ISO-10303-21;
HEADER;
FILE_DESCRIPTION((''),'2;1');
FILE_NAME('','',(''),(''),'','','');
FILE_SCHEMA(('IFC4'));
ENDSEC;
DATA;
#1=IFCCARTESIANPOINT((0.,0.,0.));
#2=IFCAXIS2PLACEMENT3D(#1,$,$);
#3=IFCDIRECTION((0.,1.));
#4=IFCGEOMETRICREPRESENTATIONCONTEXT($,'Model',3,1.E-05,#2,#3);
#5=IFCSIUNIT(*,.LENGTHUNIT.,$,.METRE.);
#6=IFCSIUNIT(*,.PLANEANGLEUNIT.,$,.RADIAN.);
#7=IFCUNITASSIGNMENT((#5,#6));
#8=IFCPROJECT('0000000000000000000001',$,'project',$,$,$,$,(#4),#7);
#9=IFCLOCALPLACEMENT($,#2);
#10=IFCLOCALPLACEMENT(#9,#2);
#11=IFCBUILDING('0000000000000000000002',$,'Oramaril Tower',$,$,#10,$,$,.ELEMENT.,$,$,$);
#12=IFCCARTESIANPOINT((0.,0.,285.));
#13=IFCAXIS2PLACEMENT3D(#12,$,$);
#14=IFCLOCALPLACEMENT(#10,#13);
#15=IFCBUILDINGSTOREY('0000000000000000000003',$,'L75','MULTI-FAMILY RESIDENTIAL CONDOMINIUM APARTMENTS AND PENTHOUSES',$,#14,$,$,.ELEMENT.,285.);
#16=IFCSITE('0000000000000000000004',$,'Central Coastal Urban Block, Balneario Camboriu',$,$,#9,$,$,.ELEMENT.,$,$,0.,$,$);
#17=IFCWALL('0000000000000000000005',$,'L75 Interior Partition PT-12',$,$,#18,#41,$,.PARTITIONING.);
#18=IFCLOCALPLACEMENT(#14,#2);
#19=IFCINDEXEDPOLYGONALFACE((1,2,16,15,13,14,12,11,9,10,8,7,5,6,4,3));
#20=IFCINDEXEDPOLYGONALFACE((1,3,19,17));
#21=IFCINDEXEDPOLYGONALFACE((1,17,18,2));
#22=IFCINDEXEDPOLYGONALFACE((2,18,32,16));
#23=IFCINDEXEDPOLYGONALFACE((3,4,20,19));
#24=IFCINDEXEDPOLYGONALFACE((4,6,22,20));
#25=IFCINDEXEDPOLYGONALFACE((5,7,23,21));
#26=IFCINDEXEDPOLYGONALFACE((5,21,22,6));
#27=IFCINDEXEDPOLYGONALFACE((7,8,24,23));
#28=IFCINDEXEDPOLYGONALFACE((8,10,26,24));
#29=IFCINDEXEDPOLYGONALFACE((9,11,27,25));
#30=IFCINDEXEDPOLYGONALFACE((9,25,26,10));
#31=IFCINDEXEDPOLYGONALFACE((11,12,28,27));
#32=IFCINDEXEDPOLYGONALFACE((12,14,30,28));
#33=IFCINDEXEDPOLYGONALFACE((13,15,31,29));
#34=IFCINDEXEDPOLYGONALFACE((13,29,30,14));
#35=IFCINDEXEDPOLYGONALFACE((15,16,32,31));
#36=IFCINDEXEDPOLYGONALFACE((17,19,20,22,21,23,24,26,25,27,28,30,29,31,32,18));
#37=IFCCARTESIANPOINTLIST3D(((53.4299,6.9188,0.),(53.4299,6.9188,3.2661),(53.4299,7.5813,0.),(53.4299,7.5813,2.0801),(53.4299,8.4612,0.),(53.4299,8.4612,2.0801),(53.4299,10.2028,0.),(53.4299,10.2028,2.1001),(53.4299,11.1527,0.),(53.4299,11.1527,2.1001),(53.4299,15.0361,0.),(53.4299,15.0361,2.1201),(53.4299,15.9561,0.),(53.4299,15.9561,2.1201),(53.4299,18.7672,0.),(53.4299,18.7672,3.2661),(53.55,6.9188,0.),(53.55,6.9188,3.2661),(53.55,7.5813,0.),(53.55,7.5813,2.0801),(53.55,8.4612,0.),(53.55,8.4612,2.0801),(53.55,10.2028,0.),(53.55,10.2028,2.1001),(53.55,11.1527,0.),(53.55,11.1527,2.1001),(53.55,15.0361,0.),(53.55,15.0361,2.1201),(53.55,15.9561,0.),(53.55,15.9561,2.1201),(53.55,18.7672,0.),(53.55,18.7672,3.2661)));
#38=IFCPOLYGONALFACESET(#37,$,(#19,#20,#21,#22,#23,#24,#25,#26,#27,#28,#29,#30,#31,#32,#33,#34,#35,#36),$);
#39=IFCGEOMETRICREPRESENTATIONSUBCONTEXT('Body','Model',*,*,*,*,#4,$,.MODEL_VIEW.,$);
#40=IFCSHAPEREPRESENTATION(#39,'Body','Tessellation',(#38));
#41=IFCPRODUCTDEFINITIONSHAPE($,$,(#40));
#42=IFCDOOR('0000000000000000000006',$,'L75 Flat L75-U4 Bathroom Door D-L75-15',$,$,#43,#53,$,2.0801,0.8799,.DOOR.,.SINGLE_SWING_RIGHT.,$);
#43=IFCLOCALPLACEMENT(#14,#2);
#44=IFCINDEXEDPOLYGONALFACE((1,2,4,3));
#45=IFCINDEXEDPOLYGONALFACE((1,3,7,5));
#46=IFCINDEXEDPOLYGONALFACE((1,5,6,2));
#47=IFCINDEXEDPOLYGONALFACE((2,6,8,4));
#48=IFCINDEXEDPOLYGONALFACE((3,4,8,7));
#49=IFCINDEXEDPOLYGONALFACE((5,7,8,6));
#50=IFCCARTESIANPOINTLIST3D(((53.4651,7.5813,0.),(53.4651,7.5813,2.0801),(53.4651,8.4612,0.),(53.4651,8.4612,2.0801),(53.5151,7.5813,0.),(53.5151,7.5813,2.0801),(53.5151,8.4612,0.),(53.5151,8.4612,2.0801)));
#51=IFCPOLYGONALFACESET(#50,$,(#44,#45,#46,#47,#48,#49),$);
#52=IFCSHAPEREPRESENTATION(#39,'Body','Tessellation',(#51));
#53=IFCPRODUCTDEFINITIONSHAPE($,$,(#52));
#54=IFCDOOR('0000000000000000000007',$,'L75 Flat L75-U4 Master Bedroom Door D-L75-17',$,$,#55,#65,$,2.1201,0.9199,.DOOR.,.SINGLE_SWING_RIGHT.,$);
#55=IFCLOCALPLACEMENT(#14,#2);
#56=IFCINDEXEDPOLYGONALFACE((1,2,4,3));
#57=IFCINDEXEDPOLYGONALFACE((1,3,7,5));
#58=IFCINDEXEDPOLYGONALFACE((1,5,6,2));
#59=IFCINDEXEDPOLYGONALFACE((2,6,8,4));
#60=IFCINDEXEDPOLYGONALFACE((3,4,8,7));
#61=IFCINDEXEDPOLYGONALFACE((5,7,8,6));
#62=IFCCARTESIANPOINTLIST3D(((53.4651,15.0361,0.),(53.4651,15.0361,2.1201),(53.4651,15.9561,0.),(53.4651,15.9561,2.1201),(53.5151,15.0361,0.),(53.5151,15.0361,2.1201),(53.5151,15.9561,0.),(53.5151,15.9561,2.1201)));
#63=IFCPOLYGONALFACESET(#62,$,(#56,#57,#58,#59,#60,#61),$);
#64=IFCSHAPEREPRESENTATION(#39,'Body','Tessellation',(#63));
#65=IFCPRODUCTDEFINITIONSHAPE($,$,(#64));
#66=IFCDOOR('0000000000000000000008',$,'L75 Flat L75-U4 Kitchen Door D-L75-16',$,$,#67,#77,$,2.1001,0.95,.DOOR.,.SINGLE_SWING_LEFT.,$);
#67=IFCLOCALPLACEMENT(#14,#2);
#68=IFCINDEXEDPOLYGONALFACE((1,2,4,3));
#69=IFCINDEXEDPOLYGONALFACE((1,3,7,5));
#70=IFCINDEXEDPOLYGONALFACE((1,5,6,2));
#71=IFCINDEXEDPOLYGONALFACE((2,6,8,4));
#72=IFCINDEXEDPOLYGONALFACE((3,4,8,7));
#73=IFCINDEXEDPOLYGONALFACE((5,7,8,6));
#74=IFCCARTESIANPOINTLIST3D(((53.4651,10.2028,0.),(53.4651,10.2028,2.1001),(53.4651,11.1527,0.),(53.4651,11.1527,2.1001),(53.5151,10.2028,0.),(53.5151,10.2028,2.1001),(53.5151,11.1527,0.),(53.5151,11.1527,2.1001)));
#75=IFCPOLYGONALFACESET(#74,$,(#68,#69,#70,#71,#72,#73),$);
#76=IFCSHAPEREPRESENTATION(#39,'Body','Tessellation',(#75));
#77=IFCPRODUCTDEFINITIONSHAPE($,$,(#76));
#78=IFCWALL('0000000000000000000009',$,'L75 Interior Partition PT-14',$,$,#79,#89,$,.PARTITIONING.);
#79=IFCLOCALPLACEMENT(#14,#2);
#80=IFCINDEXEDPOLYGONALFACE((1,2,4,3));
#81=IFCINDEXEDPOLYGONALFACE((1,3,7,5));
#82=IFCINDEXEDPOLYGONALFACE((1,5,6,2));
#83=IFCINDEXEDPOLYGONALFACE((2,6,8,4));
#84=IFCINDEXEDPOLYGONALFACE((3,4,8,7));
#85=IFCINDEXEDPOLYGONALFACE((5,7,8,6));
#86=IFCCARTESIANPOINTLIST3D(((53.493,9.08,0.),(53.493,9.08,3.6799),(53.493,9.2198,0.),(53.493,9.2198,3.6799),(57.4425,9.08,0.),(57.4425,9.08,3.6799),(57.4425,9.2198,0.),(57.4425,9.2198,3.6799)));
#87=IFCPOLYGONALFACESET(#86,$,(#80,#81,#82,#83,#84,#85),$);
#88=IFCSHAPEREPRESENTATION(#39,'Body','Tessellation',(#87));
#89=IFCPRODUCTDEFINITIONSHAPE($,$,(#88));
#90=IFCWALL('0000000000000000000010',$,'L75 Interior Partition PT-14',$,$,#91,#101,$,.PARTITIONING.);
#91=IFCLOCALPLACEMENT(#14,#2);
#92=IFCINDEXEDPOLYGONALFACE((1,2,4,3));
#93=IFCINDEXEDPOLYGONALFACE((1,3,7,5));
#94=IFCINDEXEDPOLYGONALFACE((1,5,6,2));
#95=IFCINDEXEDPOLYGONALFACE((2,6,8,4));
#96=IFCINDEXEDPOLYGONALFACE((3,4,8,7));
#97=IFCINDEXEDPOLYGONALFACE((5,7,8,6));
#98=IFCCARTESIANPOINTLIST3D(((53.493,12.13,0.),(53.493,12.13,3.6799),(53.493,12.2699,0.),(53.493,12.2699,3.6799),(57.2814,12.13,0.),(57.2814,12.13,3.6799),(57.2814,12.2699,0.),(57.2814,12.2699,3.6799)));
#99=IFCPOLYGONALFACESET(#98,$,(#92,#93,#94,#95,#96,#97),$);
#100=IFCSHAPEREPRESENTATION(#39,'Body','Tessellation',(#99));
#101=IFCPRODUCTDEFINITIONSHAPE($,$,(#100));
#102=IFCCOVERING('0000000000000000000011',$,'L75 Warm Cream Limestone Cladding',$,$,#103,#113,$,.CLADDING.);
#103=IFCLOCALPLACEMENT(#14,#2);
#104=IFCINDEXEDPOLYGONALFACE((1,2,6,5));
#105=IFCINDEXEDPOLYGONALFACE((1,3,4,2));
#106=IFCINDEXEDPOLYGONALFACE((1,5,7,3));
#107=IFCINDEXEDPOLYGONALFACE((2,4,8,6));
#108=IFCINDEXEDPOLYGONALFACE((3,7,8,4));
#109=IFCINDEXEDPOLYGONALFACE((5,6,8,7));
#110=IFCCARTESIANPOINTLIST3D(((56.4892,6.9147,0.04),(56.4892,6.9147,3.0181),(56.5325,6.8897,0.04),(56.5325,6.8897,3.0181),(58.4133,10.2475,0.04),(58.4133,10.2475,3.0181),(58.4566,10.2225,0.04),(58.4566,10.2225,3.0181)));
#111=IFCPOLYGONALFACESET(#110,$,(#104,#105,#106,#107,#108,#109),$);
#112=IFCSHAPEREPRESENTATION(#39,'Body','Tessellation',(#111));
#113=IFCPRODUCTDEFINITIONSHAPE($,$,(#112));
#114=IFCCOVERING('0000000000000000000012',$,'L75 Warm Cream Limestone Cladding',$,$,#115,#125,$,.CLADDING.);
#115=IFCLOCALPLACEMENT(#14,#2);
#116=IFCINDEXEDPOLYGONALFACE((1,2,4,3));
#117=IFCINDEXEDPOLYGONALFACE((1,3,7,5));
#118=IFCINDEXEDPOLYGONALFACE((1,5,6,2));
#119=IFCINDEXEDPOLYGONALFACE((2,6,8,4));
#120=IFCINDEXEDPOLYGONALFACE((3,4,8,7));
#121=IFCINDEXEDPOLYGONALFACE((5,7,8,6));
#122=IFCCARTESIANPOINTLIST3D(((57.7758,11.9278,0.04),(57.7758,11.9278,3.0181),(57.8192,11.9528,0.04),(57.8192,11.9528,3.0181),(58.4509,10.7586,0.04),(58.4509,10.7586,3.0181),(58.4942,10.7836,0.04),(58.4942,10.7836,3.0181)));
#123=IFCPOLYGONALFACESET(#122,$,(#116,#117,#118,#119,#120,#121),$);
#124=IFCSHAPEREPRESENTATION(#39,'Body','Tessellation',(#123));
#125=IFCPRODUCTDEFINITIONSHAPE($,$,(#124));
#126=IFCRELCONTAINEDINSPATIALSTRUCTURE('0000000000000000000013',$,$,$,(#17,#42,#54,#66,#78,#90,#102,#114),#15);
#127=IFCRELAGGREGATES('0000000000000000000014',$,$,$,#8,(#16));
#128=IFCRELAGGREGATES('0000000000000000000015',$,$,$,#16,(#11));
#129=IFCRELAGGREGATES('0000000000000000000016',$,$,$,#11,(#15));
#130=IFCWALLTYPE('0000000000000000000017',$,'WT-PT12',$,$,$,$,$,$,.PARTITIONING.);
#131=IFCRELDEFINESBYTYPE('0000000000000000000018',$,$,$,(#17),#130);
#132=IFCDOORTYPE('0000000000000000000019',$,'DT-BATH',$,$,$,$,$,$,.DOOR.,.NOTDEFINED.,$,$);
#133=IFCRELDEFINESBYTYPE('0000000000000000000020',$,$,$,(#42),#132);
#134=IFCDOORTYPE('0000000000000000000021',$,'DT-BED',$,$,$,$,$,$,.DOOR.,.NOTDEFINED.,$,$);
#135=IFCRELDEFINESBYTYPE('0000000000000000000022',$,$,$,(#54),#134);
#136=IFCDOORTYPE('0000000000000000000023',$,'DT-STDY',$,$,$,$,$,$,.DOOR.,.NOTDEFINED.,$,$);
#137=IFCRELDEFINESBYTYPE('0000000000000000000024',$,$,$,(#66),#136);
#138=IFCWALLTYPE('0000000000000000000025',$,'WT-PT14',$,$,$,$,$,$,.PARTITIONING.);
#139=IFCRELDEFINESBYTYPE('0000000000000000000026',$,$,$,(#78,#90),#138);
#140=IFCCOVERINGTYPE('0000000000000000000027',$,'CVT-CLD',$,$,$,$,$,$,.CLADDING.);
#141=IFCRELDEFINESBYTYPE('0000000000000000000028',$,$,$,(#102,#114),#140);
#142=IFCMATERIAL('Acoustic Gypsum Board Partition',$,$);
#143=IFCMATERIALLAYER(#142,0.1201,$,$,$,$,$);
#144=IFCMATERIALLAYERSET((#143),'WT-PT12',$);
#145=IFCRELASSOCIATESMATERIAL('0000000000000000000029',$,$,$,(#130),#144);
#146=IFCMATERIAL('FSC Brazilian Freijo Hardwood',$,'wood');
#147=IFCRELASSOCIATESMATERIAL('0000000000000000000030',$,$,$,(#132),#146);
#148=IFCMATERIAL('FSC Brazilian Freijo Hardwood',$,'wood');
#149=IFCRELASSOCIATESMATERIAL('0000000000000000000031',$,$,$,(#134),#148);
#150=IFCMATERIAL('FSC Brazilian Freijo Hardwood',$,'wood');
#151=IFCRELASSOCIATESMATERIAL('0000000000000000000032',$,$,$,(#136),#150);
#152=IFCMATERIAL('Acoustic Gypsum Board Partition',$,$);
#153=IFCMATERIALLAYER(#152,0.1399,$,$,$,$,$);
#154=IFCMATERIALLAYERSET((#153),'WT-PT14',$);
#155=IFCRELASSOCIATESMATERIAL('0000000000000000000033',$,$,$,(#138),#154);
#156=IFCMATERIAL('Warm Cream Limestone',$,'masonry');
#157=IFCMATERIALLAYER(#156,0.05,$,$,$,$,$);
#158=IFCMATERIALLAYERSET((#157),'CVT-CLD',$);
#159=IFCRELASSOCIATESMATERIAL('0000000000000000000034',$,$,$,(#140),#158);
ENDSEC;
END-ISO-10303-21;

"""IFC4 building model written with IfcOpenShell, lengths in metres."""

from ifc_helpers import new_model, si_unit, direction, frame, frame_2d, origin, origin_2d, place, context, subcontext, project, spatial, rectangle, extrude, material, layer, layer_set, type_object, element, fill, save


model = new_model("IFC4")

# Units and contexts
model_context = context("Model", 3, precision=1e-05, world=origin(), true_north=direction((0.0, 1.0)))
body_context = subcontext(model_context, "Body", "Model", "MODEL_VIEW")
ifc_project = project(units=[si_unit("LENGTHUNIT", "METRE"), si_unit("PLANEANGLEUNIT", "RADIAN")], contexts=[model_context])

# Site, building, storey
site_placement = place(None, origin())
site = spatial("IfcSite", under=ifc_project, at=site_placement, Name="Central Coastal Urban Block, Balneario Camboriu", CompositionType="ELEMENT", RefElevation=0.0)
building_placement = place(site_placement, origin())
building = spatial("IfcBuilding", under=site, at=building_placement, Name="Oramaril Tower", CompositionType="ELEMENT")
storey_placement = place(building_placement, frame((0.0, 0.0, 285.0)))
storey = spatial("IfcBuildingStorey", under=building, at=storey_placement, Name="L75", Description="MULTI-FAMILY RESIDENTIAL CONDOMINIUM APARTMENTS AND PENTHOUSES", CompositionType="ELEMENT", Elevation=285.0)

# Wall, openings, doors
ifc_material_1 = material(Name="Acoustic Gypsum Board Partition")
ifc_layer_1 = layer(ifc_material_1, 0.1201)
ifc_layer_set_1 = layer_set([ifc_layer_1], Name="WT-PT12")
wall_type_1 = type_object("IfcWallType", Name="WT-PT12", PredefinedType="PARTITIONING", material=ifc_layer_set_1)
wall_1_placement = place(storey_placement, frame((53.49, 6.9187, 0.0), z_axis=(0.0, 0.0, 1.0), x_axis=(0.0, 1.0, 0.0)))
wall_1 = element("IfcWall", 1, at=wall_1_placement, inside=storey, type_object=wall_type_1, Name="L75 Interior Partition PT-12", PredefinedType="PARTITIONING", context=body_context, shape_type="SweptSolid", body=[
    extrude(rectangle(XDim=11.8484, YDim=0.1201, at=frame_2d((5.9243, 0.0))), origin(), (0.0, 0.0, 1.0), 3.2661),
])
opening_1_placement = place(wall_1_placement, frame((0.6626, 0.0, 0.0)))
opening_1 = element("IfcOpeningElement", 2, at=opening_1_placement, cuts=wall_1, PredefinedType="OPENING", context=body_context, shape_type="SweptSolid", body=[
    extrude(rectangle(XDim=0.8799, YDim=2.0801, at=frame_2d((0.4399, 1.04))), frame((0.0, 0.0601, 0.0), z_axis=(0.0, -1.0, 0.0), x_axis=(1.0, 0.0, 0.0)), (0.0, 0.0, 1.0), 0.1201),
])
opening_2_placement = place(wall_1_placement, frame((3.2839, 0.0, 0.0)))
opening_2 = element("IfcOpeningElement", 3, at=opening_2_placement, cuts=wall_1, PredefinedType="OPENING", context=body_context, shape_type="SweptSolid", body=[
    extrude(rectangle(XDim=0.95, YDim=2.1001, at=frame_2d((0.4751, 1.05))), frame((0.0, 0.0601, 0.0), z_axis=(0.0, -1.0, 0.0), x_axis=(1.0, 0.0, 0.0)), (0.0, 0.0, 1.0), 0.1201),
])
opening_3_placement = place(wall_1_placement, frame((8.1174, 0.0, 0.0)))
opening_3 = element("IfcOpeningElement", 4, at=opening_3_placement, cuts=wall_1, PredefinedType="OPENING", context=body_context, shape_type="SweptSolid", body=[
    extrude(rectangle(XDim=0.9199, YDim=2.1201, at=frame_2d((0.46, 1.0601))), frame((0.0, 0.0601, 0.0), z_axis=(0.0, -1.0, 0.0), x_axis=(1.0, 0.0, 0.0)), (0.0, 0.0, 1.0), 0.1201),
])
ifc_material_2 = material(Name="FSC Brazilian Freijo Hardwood", Category="wood")
door_type_1 = type_object("IfcDoorType", Name="DT-BATH", OperationType="NOTDEFINED", PredefinedType="DOOR", material=ifc_material_2)
door_1_placement = place(opening_1_placement, origin())
door_1 = element("IfcDoor", 5, at=door_1_placement, inside=storey, type_object=door_type_1, Name="L75 Flat L75-U4 Bathroom Door D-L75-15", OperationType="SINGLE_SWING_RIGHT", OverallHeight=2.0801, OverallWidth=0.8799, PredefinedType="DOOR", context=body_context, shape_type="SweptSolid", body=[
    extrude(rectangle(XDim=0.8799, YDim=2.0801, at=frame_2d((0.4399, 1.04))), frame((0.0, 0.0249, 0.0), z_axis=(0.0, -1.0, 0.0), x_axis=(1.0, 0.0, 0.0)), (0.0, 0.0, 1.0), 0.05),
])
fill(opening_1, door_1)
ifc_material_3 = material(Name="FSC Brazilian Freijo Hardwood", Category="wood")
door_type_2 = type_object("IfcDoorType", Name="DT-BED", OperationType="NOTDEFINED", PredefinedType="DOOR", material=ifc_material_3)
door_2_placement = place(opening_3_placement, origin())
door_2 = element("IfcDoor", 6, at=door_2_placement, inside=storey, type_object=door_type_2, Name="L75 Flat L75-U4 Master Bedroom Door D-L75-17", OperationType="SINGLE_SWING_RIGHT", OverallHeight=2.1201, OverallWidth=0.9199, PredefinedType="DOOR", context=body_context, shape_type="SweptSolid", body=[
    extrude(rectangle(XDim=0.9199, YDim=2.1201, at=frame_2d((0.46, 1.0601))), frame((0.0, 0.0249, 0.0), z_axis=(0.0, -1.0, 0.0), x_axis=(1.0, 0.0, 0.0)), (0.0, 0.0, 1.0), 0.05),
])
fill(opening_3, door_2)
ifc_material_4 = material(Name="FSC Brazilian Freijo Hardwood", Category="wood")
door_type_3 = type_object("IfcDoorType", Name="DT-STDY", OperationType="NOTDEFINED", PredefinedType="DOOR", material=ifc_material_4)
door_3_placement = place(opening_2_placement, origin())
door_3 = element("IfcDoor", 7, at=door_3_placement, inside=storey, type_object=door_type_3, Name="L75 Flat L75-U4 Kitchen Door D-L75-16", OperationType="SINGLE_SWING_LEFT", OverallHeight=2.1001, OverallWidth=0.95, PredefinedType="DOOR", context=body_context, shape_type="SweptSolid", body=[
    extrude(rectangle(XDim=0.95, YDim=2.1001, at=frame_2d((0.4751, 1.05))), frame((0.0, 0.0249, 0.0), z_axis=(0.0, -1.0, 0.0), x_axis=(1.0, 0.0, 0.0)), (0.0, 0.0, 1.0), 0.05),
])
fill(opening_2, door_3)

# Walls
ifc_material_5 = material(Name="Acoustic Gypsum Board Partition")
ifc_layer_2 = layer(ifc_material_5, 0.1399)
ifc_layer_set_2 = layer_set([ifc_layer_2], Name="WT-PT14")
wall_type_2 = type_object("IfcWallType", Name="WT-PT14", PredefinedType="PARTITIONING", material=ifc_layer_set_2)
wall_2_placement = place(storey_placement, frame((53.4932, 9.1499, 0.0), z_axis=(0.0, 0.0, 1.0), x_axis=(1.0, 0.0, 0.0)))
element("IfcWall", 8, at=wall_2_placement, inside=storey, type_object=wall_type_2, Name="L75 Interior Partition PT-14", PredefinedType="PARTITIONING", context=body_context, shape_type="SweptSolid", body=[
    extrude(rectangle(XDim=3.9495, YDim=0.1399, at=frame_2d((1.9746, 0.0))), origin(), (0.0, 0.0, 1.0), 3.6799),
])
wall_3_placement = place(storey_placement, frame((53.4932, 12.2, 0.0), z_axis=(0.0, 0.0, 1.0), x_axis=(1.0, 0.0, 0.0)))
element("IfcWall", 9, at=wall_3_placement, inside=storey, type_object=wall_type_2, Name="L75 Interior Partition PT-14", PredefinedType="PARTITIONING", context=body_context, shape_type="SweptSolid", body=[
    extrude(rectangle(XDim=3.7883, YDim=0.1399, at=frame_2d((1.894, 0.0))), origin(), (0.0, 0.0, 1.0), 3.6799),
])

# Coverings
ifc_material_6 = material(Name="Warm Cream Limestone", Category="masonry")
ifc_layer_3 = layer(ifc_material_6, 0.05)
ifc_layer_set_3 = layer_set([ifc_layer_3], Name="CVT-CLD")
covering_type = type_object("IfcCoveringType", Name="CVT-CLD", PredefinedType="CLADDING", material=ifc_layer_set_3)
covering_1_placement = place(storey_placement, frame((57.4729, 8.5686, 0.04), z_axis=(0.0, 0.0, 1.0), x_axis=(0.499985, 0.866034, 0.0)))
element("IfcCovering", 10, at=covering_1_placement, inside=storey, type_object=covering_type, Name="L75 Warm Cream Limestone Cladding", PredefinedType="CLADDING", context=body_context, shape_type="SweptSolid", body=[
    extrude(rectangle(XDim=3.8484, YDim=0.05, at=origin_2d()), origin(), (0.0, 0.0, 1.0), 2.978),
])
covering_2_placement = place(storey_placement, frame((58.135, 11.3557, 0.04), z_axis=(0.0, 0.0, 1.0), x_axis=(-0.5, 0.866025, 0.0)))
element("IfcCovering", 11, at=covering_2_placement, inside=storey, type_object=covering_type, Name="L75 Warm Cream Limestone Cladding", PredefinedType="CLADDING", context=body_context, shape_type="SweptSolid", body=[
    extrude(rectangle(XDim=1.3501, YDim=0.05, at=origin_2d()), origin(), (0.0, 0.0, 1.0), 2.978),
])

save(model, "model.ifc")
